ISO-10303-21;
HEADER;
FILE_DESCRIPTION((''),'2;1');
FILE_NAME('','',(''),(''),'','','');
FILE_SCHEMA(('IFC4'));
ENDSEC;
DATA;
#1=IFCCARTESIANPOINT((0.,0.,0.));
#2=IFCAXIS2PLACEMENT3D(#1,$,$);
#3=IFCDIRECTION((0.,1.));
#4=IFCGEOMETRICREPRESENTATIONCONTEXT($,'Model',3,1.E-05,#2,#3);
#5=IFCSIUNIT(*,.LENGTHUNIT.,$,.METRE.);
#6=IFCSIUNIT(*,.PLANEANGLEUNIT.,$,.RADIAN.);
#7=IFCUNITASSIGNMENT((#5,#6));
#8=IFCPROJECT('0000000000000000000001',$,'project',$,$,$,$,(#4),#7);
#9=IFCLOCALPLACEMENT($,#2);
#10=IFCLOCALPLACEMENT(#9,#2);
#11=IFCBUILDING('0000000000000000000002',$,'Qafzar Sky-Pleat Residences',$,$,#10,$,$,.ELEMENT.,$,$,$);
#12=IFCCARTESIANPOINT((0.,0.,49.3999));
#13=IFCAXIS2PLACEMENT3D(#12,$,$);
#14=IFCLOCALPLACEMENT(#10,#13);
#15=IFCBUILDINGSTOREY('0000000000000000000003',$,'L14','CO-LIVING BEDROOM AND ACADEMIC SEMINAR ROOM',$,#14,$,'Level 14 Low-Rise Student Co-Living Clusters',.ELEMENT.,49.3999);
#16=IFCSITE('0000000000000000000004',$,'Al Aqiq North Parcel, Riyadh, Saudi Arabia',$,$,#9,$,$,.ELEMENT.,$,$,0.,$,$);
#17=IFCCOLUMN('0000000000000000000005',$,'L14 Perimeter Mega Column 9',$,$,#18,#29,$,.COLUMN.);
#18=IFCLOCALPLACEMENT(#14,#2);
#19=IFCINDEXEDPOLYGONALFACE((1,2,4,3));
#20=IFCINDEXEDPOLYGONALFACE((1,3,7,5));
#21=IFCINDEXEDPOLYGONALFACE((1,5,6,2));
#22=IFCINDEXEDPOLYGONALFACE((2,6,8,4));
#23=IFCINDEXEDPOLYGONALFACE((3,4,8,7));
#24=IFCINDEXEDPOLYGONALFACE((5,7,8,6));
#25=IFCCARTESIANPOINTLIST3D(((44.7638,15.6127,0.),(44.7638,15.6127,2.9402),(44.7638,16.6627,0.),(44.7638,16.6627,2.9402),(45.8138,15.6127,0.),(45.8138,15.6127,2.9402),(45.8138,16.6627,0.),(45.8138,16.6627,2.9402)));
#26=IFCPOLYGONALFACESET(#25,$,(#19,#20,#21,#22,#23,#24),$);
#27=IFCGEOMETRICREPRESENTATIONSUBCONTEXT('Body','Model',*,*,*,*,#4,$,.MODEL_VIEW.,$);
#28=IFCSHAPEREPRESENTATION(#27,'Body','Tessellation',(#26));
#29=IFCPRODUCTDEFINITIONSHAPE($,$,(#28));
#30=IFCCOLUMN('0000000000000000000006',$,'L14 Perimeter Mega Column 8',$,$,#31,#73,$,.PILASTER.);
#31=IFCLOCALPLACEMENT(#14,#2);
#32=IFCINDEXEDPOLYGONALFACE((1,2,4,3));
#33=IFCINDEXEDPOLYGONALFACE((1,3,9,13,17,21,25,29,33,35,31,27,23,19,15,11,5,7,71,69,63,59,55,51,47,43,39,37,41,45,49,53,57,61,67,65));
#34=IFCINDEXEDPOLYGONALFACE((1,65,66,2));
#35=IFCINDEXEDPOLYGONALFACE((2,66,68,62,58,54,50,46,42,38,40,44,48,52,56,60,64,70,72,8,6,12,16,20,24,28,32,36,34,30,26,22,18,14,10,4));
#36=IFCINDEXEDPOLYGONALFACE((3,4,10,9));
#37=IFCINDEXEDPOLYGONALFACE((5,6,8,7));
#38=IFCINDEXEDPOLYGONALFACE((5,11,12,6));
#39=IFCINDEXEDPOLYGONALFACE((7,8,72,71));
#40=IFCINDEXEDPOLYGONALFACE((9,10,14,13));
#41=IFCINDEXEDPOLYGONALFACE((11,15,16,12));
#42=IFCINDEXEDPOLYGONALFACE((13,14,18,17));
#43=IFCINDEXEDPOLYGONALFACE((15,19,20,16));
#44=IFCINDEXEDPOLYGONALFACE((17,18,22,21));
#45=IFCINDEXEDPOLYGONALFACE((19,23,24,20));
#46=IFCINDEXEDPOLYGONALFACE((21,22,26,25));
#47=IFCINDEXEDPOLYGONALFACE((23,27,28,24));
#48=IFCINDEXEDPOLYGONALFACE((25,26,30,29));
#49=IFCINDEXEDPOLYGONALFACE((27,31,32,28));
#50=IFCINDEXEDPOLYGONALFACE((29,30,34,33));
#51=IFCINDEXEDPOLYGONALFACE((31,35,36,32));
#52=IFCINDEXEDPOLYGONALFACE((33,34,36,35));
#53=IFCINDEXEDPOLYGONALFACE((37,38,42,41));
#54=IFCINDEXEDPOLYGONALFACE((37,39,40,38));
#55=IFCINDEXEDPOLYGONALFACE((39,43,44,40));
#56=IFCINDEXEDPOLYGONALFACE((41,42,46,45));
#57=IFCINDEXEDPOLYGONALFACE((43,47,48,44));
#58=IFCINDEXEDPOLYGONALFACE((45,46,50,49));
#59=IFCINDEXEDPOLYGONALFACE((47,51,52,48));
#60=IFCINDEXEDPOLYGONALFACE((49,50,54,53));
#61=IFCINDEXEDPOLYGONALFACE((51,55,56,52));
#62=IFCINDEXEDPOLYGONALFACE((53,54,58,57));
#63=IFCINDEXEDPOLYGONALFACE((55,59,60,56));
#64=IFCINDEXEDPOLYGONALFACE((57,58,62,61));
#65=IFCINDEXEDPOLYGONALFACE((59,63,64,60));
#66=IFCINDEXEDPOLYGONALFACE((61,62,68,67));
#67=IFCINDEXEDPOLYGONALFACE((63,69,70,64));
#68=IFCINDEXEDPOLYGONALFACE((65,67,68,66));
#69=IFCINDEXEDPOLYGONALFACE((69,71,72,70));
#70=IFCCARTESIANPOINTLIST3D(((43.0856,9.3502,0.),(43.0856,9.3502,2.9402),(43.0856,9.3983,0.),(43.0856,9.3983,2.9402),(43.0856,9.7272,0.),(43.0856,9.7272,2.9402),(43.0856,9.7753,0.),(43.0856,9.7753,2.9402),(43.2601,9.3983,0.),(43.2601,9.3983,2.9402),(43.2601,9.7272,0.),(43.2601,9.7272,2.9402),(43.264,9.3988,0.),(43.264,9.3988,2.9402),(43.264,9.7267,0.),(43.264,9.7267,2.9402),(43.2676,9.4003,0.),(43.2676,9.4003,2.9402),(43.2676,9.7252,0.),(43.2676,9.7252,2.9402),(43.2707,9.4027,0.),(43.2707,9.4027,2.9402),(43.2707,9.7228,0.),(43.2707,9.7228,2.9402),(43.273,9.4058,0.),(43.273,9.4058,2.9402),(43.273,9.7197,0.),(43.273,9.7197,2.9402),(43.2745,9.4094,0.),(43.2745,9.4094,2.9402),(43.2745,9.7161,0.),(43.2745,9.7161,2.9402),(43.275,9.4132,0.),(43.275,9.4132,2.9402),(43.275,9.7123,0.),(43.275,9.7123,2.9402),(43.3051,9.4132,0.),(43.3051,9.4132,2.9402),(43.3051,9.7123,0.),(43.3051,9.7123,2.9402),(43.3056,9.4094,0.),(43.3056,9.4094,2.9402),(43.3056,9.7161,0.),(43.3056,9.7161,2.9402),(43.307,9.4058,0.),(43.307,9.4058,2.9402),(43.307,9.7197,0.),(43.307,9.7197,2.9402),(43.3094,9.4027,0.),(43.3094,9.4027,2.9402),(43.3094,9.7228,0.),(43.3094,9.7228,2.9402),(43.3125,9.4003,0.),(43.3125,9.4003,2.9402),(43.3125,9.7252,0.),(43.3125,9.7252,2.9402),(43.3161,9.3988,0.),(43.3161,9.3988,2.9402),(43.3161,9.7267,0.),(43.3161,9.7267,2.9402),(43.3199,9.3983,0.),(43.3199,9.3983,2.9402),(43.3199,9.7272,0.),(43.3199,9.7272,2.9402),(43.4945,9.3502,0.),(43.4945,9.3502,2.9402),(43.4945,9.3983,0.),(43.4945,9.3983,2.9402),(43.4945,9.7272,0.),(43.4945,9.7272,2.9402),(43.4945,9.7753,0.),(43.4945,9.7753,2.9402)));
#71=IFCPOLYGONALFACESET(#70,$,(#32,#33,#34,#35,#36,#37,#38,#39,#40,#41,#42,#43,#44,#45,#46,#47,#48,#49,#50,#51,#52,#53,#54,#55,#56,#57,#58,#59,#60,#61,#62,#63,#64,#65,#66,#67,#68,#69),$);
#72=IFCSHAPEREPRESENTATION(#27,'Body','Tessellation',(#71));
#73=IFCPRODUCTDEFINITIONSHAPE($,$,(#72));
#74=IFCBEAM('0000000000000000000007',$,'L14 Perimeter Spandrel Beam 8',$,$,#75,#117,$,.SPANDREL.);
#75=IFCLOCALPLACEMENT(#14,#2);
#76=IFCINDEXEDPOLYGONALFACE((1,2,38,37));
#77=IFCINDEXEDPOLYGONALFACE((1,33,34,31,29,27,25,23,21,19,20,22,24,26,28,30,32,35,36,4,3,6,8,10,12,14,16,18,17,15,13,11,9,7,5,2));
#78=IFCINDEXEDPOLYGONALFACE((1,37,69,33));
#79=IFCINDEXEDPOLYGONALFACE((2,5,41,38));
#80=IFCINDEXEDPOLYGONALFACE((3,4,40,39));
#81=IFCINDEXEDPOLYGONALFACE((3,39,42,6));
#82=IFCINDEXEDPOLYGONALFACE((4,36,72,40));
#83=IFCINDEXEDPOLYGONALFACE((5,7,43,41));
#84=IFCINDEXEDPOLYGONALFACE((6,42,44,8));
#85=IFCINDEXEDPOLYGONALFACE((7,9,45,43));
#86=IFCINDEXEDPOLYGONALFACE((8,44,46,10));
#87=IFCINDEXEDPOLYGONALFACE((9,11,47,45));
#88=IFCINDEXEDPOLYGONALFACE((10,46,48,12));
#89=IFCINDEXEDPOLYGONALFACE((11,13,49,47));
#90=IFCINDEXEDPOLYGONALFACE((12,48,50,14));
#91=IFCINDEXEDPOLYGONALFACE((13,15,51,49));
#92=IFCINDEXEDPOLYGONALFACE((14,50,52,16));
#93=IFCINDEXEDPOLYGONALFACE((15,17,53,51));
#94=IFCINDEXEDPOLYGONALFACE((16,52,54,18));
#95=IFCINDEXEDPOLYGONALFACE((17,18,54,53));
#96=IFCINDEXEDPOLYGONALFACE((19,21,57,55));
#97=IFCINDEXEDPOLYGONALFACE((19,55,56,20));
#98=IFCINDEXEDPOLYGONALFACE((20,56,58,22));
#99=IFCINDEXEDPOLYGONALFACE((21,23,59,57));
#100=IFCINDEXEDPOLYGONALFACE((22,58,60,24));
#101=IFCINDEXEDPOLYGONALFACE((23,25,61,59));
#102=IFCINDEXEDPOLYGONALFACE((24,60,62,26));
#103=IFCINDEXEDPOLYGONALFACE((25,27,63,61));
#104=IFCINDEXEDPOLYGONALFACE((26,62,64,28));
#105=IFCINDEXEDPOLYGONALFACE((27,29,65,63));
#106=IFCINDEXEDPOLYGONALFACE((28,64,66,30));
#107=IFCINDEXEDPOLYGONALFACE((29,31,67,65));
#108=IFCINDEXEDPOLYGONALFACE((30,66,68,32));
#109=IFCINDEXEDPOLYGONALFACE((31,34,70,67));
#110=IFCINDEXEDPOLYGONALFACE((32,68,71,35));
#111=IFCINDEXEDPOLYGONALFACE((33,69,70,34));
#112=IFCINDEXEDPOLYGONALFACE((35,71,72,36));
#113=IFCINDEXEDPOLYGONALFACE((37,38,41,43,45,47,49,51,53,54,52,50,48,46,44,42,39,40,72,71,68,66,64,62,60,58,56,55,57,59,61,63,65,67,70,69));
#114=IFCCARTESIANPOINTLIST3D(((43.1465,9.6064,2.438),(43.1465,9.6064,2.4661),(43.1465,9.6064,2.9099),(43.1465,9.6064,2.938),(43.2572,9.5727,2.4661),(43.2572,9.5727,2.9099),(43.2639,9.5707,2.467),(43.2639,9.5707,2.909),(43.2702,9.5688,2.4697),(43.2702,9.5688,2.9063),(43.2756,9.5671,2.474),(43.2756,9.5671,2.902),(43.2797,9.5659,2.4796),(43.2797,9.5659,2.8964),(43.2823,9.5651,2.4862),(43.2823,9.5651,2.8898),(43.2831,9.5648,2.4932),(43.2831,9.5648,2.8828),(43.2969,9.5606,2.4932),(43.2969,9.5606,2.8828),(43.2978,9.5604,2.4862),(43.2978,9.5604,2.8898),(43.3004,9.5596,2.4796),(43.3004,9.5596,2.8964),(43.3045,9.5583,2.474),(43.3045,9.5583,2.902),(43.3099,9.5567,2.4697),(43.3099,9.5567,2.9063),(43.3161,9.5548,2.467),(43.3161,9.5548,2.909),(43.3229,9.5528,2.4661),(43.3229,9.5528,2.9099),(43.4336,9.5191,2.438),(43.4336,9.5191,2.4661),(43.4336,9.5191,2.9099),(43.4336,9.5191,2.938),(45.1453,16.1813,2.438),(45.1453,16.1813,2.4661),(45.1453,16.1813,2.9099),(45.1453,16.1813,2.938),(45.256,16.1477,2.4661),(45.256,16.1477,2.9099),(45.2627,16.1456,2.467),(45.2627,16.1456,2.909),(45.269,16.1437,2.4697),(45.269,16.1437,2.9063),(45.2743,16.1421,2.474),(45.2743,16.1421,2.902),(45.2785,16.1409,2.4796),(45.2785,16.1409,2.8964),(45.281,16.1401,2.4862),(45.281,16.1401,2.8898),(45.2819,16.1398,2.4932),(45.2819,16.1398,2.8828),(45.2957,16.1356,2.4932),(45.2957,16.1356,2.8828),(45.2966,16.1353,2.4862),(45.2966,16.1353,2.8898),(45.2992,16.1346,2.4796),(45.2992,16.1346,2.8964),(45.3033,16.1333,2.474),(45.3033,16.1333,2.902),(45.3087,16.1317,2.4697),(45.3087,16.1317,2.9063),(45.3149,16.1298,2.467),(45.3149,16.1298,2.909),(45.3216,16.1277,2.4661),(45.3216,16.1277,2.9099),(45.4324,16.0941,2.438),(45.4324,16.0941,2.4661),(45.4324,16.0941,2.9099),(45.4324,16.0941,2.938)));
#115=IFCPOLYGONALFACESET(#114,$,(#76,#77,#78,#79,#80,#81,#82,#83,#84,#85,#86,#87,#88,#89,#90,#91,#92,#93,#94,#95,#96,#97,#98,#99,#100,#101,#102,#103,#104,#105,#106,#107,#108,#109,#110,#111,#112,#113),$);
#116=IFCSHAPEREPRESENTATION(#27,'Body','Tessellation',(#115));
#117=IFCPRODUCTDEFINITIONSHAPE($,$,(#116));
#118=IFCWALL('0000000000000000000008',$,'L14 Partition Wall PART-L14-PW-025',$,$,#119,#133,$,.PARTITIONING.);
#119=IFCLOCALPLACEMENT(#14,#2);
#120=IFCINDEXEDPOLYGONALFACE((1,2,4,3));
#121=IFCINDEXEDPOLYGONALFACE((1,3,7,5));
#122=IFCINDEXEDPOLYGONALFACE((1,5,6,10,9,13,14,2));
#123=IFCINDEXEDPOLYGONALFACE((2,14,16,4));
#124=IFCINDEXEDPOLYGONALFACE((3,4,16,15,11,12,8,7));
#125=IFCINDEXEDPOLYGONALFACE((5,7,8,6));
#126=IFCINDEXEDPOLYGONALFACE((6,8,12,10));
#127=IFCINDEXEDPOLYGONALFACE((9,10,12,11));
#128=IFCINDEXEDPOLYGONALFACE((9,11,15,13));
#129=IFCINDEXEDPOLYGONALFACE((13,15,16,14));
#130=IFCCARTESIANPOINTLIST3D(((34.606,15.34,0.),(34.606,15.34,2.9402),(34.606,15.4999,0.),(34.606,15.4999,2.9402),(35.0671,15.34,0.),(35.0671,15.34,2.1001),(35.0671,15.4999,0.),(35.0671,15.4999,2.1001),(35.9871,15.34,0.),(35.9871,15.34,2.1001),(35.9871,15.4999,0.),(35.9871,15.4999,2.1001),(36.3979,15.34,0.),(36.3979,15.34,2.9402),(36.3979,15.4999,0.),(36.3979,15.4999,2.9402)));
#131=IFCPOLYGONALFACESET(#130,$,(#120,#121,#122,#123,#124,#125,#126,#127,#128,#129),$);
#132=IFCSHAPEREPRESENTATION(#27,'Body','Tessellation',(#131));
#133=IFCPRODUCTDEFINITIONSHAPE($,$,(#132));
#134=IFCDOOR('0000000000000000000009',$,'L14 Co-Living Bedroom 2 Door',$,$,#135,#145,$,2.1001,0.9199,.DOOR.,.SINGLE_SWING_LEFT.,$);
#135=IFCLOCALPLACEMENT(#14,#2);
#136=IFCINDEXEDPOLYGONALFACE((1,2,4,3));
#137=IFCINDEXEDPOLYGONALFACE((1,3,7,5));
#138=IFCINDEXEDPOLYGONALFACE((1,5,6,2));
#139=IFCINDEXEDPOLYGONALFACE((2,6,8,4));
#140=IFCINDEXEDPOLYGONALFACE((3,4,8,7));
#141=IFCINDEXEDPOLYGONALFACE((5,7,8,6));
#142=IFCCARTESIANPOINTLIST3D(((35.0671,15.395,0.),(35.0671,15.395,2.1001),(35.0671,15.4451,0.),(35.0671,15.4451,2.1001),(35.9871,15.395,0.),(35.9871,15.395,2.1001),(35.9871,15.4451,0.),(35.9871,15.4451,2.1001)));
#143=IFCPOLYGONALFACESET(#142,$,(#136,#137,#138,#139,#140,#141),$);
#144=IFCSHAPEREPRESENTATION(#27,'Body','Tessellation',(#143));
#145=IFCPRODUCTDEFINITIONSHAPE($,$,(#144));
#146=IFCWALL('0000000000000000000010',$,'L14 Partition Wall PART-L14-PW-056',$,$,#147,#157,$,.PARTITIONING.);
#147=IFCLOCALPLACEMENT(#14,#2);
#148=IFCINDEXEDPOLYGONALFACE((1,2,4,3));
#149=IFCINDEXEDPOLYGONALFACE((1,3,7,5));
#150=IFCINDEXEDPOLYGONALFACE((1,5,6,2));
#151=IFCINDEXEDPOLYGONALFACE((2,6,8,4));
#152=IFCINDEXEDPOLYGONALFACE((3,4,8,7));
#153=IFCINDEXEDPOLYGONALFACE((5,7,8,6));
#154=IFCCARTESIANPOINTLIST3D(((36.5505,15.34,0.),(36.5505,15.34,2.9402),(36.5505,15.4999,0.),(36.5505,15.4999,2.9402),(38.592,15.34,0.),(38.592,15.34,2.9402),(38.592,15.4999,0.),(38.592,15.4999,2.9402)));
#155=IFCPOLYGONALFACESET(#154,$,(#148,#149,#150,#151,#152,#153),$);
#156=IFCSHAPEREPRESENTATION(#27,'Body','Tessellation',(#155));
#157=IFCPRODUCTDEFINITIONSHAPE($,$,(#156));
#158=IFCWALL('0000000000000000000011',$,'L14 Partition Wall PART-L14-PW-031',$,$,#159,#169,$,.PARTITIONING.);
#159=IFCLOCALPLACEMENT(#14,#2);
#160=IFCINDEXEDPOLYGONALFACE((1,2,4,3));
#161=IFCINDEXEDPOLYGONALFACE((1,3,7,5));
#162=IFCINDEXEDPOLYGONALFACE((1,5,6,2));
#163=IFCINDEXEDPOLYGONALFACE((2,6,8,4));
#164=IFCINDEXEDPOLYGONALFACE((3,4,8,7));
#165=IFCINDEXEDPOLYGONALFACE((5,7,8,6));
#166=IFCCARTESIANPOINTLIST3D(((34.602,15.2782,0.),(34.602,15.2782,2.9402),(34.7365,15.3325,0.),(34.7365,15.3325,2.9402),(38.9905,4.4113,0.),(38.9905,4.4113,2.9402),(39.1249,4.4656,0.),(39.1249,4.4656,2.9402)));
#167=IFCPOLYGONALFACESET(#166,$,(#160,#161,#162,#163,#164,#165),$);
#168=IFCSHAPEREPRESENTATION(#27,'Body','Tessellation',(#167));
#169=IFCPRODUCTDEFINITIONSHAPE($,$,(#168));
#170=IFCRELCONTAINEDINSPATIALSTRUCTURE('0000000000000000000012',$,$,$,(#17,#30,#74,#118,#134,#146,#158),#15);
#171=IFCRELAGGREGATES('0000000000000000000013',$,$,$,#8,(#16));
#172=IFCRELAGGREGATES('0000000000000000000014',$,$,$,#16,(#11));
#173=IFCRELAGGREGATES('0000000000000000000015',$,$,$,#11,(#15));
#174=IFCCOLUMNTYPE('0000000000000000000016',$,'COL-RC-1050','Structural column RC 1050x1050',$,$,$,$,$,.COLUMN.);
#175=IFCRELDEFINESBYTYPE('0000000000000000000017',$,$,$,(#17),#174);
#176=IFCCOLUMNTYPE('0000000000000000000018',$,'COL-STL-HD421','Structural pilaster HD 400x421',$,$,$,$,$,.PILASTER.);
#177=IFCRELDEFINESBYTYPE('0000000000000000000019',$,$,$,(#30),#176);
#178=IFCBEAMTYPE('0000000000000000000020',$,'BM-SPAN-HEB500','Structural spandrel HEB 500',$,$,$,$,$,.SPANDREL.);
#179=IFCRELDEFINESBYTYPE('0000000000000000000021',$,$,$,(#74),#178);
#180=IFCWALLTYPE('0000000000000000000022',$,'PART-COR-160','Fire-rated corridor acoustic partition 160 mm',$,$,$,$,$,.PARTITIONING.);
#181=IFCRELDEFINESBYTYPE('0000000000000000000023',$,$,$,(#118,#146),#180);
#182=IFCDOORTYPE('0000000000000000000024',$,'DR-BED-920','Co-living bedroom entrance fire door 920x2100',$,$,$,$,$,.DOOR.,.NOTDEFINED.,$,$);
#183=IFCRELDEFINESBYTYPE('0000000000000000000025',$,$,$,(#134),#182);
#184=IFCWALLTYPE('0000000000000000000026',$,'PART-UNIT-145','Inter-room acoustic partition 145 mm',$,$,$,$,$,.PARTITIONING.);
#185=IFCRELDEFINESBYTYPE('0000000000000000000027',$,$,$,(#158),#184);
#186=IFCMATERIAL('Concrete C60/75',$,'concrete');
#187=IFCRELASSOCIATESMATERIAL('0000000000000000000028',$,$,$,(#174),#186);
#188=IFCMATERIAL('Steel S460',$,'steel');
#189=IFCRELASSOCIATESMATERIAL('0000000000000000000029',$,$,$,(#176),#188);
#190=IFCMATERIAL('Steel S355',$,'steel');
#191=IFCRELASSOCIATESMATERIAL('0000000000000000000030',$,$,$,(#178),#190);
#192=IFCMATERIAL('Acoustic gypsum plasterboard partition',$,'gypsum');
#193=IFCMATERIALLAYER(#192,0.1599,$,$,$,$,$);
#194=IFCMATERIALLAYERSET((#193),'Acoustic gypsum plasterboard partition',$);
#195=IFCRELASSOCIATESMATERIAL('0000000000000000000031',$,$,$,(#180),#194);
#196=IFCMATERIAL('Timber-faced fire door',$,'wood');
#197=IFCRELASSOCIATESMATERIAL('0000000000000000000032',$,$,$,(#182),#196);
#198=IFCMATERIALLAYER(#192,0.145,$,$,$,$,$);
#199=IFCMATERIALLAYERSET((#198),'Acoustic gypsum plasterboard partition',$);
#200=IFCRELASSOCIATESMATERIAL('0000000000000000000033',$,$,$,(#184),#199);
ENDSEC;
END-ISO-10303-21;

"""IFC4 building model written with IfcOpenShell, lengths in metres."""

from ifc_helpers import new_model, si_unit, direction, frame, frame_2d, origin, origin_2d, place, context, subcontext, project, spatial, rectangle, i_section, extrude, source, transform, mapped, material, layer, layer_set, material_profile, profile_set, type_object, element, fill, save


model = new_model("IFC4")

# Units and contexts
model_context = context("Model", 3, precision=1e-05, world=origin(), true_north=direction((0.0, 1.0)))
body_context = subcontext(model_context, "Body", "Model", "MODEL_VIEW")
ifc_project = project(units=[si_unit("LENGTHUNIT", "METRE"), si_unit("PLANEANGLEUNIT", "RADIAN")], contexts=[model_context])

# Site, building, storey
site_placement = place(None, origin())
site = spatial("IfcSite", under=ifc_project, at=site_placement, Name="Al Aqiq North Parcel, Riyadh, Saudi Arabia", CompositionType="ELEMENT", RefElevation=0.0)
building_placement = place(site_placement, origin())
building = spatial("IfcBuilding", under=site, at=building_placement, Name="Qafzar Sky-Pleat Residences", CompositionType="ELEMENT")
storey_placement = place(building_placement, frame((0.0, 0.0, 49.3999)))
storey = spatial("IfcBuildingStorey", under=building, at=storey_placement, Name="L14", Description="CO-LIVING BEDROOM AND ACADEMIC SEMINAR ROOM", LongName="Level 14 Low-Rise Student Co-Living Clusters", CompositionType="ELEMENT", Elevation=49.3999)

# Columns
ifc_material_1 = material(Name="Concrete C60/75", Category="concrete")
ifc_material_profile_1 = material_profile(ifc_material_1, rectangle(XDim=1.05, YDim=1.05, at=origin_2d()), Name="RC 1050x1050")
ifc_profile_set_1 = profile_set([ifc_material_profile_1], Name="Concrete C60/75")
column_type_1 = type_object("IfcColumnType", Name="COL-RC-1050", Description="Structural column RC 1050x1050", PredefinedType="COLUMN", material=ifc_profile_set_1)
shared_shape_1 = source(origin(), body_context, "Body", "SweptSolid", [
    extrude(rectangle(XDim=1.05, YDim=1.05, at=origin_2d()), origin(), (0.0, 0.0, 1.0), 2.9402),
])
column_1_placement = place(storey_placement, frame((45.2888, 16.1377, 0.0), z_axis=(0.0, 0.0, 1.0), x_axis=(1.0, 0.0, 0.0)))
element("IfcColumn", 1, at=column_1_placement, inside=storey, type_object=column_type_1, Name="L14 Perimeter Mega Column 9", PredefinedType="COLUMN", context=body_context, shape_type="MappedRepresentation", body=[
    mapped(shared_shape_1, transform((0.0, 0.0, 0.0), x_axis=(1.0, 0.0, 0.0), y_axis=(0.0, 1.0, 0.0), z_axis=(0.0, 0.0, 1.0), scale=1.0)),
])
ifc_material_2 = material(Name="Steel S460", Category="steel")
ifc_material_profile_2 = material_profile(ifc_material_2, i_section(OverallWidth=0.4089, OverallDepth=0.425, WebThickness=0.03, FlangeThickness=0.0481, FilletRadius=0.0149, at=origin_2d()), Name="HD 400x421")
ifc_profile_set_2 = profile_set([ifc_material_profile_2], Name="Steel S460")
column_type_2 = type_object("IfcColumnType", Name="COL-STL-HD421", Description="Structural pilaster HD 400x421", PredefinedType="PILASTER", material=ifc_profile_set_2)
shared_shape_2 = source(origin(), body_context, "Body", "SweptSolid", [
    extrude(i_section(OverallWidth=0.4089, OverallDepth=0.425, WebThickness=0.03, FlangeThickness=0.0481, FilletRadius=0.0149, at=origin_2d()), origin(), (0.0, 0.0, 1.0), 2.9402),
])
column_2_placement = place(storey_placement, frame((43.29, 9.5627, 0.0), z_axis=(0.0, 0.0, 1.0), x_axis=(1.0, 0.0, 0.0)))
element("IfcColumn", 2, at=column_2_placement, inside=storey, type_object=column_type_2, Name="L14 Perimeter Mega Column 8", PredefinedType="PILASTER", context=body_context, shape_type="MappedRepresentation", body=[
    mapped(shared_shape_2, transform((0.0, 0.0, 0.0), x_axis=(1.0, 0.0, 0.0), y_axis=(0.0, 1.0, 0.0), z_axis=(0.0, 0.0, 1.0), scale=1.0)),
])

# Beam
ifc_material_3 = material(Name="Steel S355", Category="steel")
ifc_material_profile_3 = material_profile(ifc_material_3, i_section(OverallWidth=0.3, OverallDepth=0.5, WebThickness=0.0144, FlangeThickness=0.0281, FilletRadius=0.0271, at=origin_2d()), Name="HEB 500")
ifc_profile_set_3 = profile_set([ifc_material_profile_3], Name="Steel S355")
beam_type = type_object("IfcBeamType", Name="BM-SPAN-HEB500", Description="Structural spandrel HEB 500", PredefinedType="SPANDREL", material=ifc_profile_set_3)
shared_shape_3 = source(origin(), body_context, "Body", "SweptSolid", [
    extrude(i_section(OverallWidth=0.3, OverallDepth=0.5, WebThickness=0.0144, FlangeThickness=0.0281, FilletRadius=0.0271, at=origin_2d()), origin(), (0.0, 0.0, 1.0), 6.8721),
])
beam_placement = place(storey_placement, frame((43.29, 9.5627, 2.688), z_axis=(0.290856, 0.956767, 0.0), x_axis=(-0.956767, 0.290856, 0.0)))
element("IfcBeam", 3, at=beam_placement, inside=storey, type_object=beam_type, Name="L14 Perimeter Spandrel Beam 8", PredefinedType="SPANDREL", context=body_context, shape_type="MappedRepresentation", body=[
    mapped(shared_shape_3, transform((0.0, 0.0, 0.0), x_axis=(1.0, 0.0, 0.0), y_axis=(0.0, 1.0, 0.0), z_axis=(0.0, 0.0, 1.0), scale=1.0)),
])

# Wall, opening, door
ifc_material_4 = material(Name="Acoustic gypsum plasterboard partition", Category="gypsum")
ifc_layer_1 = layer(ifc_material_4, 0.1599)
ifc_layer_set_1 = layer_set([ifc_layer_1], Name="Acoustic gypsum plasterboard partition")
wall_type_1 = type_object("IfcWallType", Name="PART-COR-160", Description="Fire-rated corridor acoustic partition 160 mm", PredefinedType="PARTITIONING", material=ifc_layer_set_1)
wall_1_placement = place(storey_placement, frame((36.3979, 15.4199, 0.0), z_axis=(0.0, 0.0, 1.0), x_axis=(-1.0, 0.0, 0.0)))
wall_1 = element("IfcWall", 4, at=wall_1_placement, inside=storey, type_object=wall_type_1, Name="L14 Partition Wall PART-L14-PW-025", PredefinedType="PARTITIONING", context=body_context, shape_type="SweptSolid", body=[
    extrude(rectangle(XDim=1.792, YDim=0.1599, at=frame_2d((0.896, 0.0))), origin(), (0.0, 0.0, 1.0), 2.9402),
])
opening_1_placement = place(wall_1_placement, frame((0.4109, 0.0, 0.0)))
opening_1 = element("IfcOpeningElement", 5, at=opening_1_placement, cuts=wall_1, PredefinedType="OPENING", context=body_context, shape_type="SweptSolid", body=[
    extrude(rectangle(XDim=0.9199, YDim=2.1001, at=frame_2d((0.46, 1.05))), frame((0.0, 0.0898, 0.0), z_axis=(0.0, -1.0, 0.0), x_axis=(1.0, 0.0, 0.0)), (0.0, 0.0, 1.0), 0.1799),
])
ifc_material_5 = material(Name="Timber-faced fire door", Category="wood")
door_type_1 = type_object("IfcDoorType", Name="DR-BED-920", Description="Co-living bedroom entrance fire door 920x2100", OperationType="NOTDEFINED", PredefinedType="DOOR", material=ifc_material_5)
shared_shape_4 = source(origin(), body_context, "Body", "SweptSolid", [
    extrude(rectangle(XDim=0.9199, YDim=2.1001, at=frame_2d((0.46, 1.05))), frame((0.0, 0.0249, 0.0), z_axis=(0.0, -1.0, 0.0), x_axis=(1.0, 0.0, 0.0)), (0.0, 0.0, 1.0), 0.05),
])
door_1_placement = place(opening_1_placement, origin())
door_1 = element("IfcDoor", 6, at=door_1_placement, inside=storey, type_object=door_type_1, Name="L14 Co-Living Bedroom 2 Door", OperationType="SINGLE_SWING_LEFT", OverallHeight=2.1001, OverallWidth=0.9199, PredefinedType="DOOR", context=body_context, shape_type="MappedRepresentation", body=[
    mapped(shared_shape_4, transform((0.0, 0.0, 0.0), x_axis=(1.0, 0.0, 0.0), y_axis=(0.0, 1.0, 0.0), z_axis=(0.0, 0.0, 1.0), scale=1.0)),
])
fill(opening_1, door_1)

# Walls
wall_2_placement = place(storey_placement, frame((36.5505, 15.4199, 0.0), z_axis=(0.0, 0.0, 1.0), x_axis=(1.0, 0.0, 0.0)))
element("IfcWall", 7, at=wall_2_placement, inside=storey, type_object=wall_type_1, Name="L14 Partition Wall PART-L14-PW-056", PredefinedType="PARTITIONING", context=body_context, shape_type="SweptSolid", body=[
    extrude(rectangle(XDim=2.0415, YDim=0.1599, at=frame_2d((1.0208, 0.0))), origin(), (0.0, 0.0, 1.0), 2.9402),
])
ifc_layer_2 = layer(ifc_material_4, 0.145)
ifc_layer_set_2 = layer_set([ifc_layer_2], Name="Acoustic gypsum plasterboard partition")
wall_type_2 = type_object("IfcWallType", Name="PART-UNIT-145", Description="Inter-room acoustic partition 145 mm", PredefinedType="PARTITIONING", material=ifc_layer_set_2)
wall_3_placement = place(storey_placement, frame((34.6692, 15.3054, 0.0), z_axis=(0.0, 0.0, 1.0), x_axis=(0.37446, -0.927243, 0.0)))
element("IfcWall", 8, at=wall_3_placement, inside=storey, type_object=wall_type_2, Name="L14 Partition Wall PART-L14-PW-031", PredefinedType="PARTITIONING", context=body_context, shape_type="SweptSolid", body=[
    extrude(rectangle(XDim=11.7195, YDim=0.145, at=frame_2d((5.8599, 0.0))), origin(), (0.0, 0.0, 1.0), 2.9402),
])

save(model, "model.ifc")
